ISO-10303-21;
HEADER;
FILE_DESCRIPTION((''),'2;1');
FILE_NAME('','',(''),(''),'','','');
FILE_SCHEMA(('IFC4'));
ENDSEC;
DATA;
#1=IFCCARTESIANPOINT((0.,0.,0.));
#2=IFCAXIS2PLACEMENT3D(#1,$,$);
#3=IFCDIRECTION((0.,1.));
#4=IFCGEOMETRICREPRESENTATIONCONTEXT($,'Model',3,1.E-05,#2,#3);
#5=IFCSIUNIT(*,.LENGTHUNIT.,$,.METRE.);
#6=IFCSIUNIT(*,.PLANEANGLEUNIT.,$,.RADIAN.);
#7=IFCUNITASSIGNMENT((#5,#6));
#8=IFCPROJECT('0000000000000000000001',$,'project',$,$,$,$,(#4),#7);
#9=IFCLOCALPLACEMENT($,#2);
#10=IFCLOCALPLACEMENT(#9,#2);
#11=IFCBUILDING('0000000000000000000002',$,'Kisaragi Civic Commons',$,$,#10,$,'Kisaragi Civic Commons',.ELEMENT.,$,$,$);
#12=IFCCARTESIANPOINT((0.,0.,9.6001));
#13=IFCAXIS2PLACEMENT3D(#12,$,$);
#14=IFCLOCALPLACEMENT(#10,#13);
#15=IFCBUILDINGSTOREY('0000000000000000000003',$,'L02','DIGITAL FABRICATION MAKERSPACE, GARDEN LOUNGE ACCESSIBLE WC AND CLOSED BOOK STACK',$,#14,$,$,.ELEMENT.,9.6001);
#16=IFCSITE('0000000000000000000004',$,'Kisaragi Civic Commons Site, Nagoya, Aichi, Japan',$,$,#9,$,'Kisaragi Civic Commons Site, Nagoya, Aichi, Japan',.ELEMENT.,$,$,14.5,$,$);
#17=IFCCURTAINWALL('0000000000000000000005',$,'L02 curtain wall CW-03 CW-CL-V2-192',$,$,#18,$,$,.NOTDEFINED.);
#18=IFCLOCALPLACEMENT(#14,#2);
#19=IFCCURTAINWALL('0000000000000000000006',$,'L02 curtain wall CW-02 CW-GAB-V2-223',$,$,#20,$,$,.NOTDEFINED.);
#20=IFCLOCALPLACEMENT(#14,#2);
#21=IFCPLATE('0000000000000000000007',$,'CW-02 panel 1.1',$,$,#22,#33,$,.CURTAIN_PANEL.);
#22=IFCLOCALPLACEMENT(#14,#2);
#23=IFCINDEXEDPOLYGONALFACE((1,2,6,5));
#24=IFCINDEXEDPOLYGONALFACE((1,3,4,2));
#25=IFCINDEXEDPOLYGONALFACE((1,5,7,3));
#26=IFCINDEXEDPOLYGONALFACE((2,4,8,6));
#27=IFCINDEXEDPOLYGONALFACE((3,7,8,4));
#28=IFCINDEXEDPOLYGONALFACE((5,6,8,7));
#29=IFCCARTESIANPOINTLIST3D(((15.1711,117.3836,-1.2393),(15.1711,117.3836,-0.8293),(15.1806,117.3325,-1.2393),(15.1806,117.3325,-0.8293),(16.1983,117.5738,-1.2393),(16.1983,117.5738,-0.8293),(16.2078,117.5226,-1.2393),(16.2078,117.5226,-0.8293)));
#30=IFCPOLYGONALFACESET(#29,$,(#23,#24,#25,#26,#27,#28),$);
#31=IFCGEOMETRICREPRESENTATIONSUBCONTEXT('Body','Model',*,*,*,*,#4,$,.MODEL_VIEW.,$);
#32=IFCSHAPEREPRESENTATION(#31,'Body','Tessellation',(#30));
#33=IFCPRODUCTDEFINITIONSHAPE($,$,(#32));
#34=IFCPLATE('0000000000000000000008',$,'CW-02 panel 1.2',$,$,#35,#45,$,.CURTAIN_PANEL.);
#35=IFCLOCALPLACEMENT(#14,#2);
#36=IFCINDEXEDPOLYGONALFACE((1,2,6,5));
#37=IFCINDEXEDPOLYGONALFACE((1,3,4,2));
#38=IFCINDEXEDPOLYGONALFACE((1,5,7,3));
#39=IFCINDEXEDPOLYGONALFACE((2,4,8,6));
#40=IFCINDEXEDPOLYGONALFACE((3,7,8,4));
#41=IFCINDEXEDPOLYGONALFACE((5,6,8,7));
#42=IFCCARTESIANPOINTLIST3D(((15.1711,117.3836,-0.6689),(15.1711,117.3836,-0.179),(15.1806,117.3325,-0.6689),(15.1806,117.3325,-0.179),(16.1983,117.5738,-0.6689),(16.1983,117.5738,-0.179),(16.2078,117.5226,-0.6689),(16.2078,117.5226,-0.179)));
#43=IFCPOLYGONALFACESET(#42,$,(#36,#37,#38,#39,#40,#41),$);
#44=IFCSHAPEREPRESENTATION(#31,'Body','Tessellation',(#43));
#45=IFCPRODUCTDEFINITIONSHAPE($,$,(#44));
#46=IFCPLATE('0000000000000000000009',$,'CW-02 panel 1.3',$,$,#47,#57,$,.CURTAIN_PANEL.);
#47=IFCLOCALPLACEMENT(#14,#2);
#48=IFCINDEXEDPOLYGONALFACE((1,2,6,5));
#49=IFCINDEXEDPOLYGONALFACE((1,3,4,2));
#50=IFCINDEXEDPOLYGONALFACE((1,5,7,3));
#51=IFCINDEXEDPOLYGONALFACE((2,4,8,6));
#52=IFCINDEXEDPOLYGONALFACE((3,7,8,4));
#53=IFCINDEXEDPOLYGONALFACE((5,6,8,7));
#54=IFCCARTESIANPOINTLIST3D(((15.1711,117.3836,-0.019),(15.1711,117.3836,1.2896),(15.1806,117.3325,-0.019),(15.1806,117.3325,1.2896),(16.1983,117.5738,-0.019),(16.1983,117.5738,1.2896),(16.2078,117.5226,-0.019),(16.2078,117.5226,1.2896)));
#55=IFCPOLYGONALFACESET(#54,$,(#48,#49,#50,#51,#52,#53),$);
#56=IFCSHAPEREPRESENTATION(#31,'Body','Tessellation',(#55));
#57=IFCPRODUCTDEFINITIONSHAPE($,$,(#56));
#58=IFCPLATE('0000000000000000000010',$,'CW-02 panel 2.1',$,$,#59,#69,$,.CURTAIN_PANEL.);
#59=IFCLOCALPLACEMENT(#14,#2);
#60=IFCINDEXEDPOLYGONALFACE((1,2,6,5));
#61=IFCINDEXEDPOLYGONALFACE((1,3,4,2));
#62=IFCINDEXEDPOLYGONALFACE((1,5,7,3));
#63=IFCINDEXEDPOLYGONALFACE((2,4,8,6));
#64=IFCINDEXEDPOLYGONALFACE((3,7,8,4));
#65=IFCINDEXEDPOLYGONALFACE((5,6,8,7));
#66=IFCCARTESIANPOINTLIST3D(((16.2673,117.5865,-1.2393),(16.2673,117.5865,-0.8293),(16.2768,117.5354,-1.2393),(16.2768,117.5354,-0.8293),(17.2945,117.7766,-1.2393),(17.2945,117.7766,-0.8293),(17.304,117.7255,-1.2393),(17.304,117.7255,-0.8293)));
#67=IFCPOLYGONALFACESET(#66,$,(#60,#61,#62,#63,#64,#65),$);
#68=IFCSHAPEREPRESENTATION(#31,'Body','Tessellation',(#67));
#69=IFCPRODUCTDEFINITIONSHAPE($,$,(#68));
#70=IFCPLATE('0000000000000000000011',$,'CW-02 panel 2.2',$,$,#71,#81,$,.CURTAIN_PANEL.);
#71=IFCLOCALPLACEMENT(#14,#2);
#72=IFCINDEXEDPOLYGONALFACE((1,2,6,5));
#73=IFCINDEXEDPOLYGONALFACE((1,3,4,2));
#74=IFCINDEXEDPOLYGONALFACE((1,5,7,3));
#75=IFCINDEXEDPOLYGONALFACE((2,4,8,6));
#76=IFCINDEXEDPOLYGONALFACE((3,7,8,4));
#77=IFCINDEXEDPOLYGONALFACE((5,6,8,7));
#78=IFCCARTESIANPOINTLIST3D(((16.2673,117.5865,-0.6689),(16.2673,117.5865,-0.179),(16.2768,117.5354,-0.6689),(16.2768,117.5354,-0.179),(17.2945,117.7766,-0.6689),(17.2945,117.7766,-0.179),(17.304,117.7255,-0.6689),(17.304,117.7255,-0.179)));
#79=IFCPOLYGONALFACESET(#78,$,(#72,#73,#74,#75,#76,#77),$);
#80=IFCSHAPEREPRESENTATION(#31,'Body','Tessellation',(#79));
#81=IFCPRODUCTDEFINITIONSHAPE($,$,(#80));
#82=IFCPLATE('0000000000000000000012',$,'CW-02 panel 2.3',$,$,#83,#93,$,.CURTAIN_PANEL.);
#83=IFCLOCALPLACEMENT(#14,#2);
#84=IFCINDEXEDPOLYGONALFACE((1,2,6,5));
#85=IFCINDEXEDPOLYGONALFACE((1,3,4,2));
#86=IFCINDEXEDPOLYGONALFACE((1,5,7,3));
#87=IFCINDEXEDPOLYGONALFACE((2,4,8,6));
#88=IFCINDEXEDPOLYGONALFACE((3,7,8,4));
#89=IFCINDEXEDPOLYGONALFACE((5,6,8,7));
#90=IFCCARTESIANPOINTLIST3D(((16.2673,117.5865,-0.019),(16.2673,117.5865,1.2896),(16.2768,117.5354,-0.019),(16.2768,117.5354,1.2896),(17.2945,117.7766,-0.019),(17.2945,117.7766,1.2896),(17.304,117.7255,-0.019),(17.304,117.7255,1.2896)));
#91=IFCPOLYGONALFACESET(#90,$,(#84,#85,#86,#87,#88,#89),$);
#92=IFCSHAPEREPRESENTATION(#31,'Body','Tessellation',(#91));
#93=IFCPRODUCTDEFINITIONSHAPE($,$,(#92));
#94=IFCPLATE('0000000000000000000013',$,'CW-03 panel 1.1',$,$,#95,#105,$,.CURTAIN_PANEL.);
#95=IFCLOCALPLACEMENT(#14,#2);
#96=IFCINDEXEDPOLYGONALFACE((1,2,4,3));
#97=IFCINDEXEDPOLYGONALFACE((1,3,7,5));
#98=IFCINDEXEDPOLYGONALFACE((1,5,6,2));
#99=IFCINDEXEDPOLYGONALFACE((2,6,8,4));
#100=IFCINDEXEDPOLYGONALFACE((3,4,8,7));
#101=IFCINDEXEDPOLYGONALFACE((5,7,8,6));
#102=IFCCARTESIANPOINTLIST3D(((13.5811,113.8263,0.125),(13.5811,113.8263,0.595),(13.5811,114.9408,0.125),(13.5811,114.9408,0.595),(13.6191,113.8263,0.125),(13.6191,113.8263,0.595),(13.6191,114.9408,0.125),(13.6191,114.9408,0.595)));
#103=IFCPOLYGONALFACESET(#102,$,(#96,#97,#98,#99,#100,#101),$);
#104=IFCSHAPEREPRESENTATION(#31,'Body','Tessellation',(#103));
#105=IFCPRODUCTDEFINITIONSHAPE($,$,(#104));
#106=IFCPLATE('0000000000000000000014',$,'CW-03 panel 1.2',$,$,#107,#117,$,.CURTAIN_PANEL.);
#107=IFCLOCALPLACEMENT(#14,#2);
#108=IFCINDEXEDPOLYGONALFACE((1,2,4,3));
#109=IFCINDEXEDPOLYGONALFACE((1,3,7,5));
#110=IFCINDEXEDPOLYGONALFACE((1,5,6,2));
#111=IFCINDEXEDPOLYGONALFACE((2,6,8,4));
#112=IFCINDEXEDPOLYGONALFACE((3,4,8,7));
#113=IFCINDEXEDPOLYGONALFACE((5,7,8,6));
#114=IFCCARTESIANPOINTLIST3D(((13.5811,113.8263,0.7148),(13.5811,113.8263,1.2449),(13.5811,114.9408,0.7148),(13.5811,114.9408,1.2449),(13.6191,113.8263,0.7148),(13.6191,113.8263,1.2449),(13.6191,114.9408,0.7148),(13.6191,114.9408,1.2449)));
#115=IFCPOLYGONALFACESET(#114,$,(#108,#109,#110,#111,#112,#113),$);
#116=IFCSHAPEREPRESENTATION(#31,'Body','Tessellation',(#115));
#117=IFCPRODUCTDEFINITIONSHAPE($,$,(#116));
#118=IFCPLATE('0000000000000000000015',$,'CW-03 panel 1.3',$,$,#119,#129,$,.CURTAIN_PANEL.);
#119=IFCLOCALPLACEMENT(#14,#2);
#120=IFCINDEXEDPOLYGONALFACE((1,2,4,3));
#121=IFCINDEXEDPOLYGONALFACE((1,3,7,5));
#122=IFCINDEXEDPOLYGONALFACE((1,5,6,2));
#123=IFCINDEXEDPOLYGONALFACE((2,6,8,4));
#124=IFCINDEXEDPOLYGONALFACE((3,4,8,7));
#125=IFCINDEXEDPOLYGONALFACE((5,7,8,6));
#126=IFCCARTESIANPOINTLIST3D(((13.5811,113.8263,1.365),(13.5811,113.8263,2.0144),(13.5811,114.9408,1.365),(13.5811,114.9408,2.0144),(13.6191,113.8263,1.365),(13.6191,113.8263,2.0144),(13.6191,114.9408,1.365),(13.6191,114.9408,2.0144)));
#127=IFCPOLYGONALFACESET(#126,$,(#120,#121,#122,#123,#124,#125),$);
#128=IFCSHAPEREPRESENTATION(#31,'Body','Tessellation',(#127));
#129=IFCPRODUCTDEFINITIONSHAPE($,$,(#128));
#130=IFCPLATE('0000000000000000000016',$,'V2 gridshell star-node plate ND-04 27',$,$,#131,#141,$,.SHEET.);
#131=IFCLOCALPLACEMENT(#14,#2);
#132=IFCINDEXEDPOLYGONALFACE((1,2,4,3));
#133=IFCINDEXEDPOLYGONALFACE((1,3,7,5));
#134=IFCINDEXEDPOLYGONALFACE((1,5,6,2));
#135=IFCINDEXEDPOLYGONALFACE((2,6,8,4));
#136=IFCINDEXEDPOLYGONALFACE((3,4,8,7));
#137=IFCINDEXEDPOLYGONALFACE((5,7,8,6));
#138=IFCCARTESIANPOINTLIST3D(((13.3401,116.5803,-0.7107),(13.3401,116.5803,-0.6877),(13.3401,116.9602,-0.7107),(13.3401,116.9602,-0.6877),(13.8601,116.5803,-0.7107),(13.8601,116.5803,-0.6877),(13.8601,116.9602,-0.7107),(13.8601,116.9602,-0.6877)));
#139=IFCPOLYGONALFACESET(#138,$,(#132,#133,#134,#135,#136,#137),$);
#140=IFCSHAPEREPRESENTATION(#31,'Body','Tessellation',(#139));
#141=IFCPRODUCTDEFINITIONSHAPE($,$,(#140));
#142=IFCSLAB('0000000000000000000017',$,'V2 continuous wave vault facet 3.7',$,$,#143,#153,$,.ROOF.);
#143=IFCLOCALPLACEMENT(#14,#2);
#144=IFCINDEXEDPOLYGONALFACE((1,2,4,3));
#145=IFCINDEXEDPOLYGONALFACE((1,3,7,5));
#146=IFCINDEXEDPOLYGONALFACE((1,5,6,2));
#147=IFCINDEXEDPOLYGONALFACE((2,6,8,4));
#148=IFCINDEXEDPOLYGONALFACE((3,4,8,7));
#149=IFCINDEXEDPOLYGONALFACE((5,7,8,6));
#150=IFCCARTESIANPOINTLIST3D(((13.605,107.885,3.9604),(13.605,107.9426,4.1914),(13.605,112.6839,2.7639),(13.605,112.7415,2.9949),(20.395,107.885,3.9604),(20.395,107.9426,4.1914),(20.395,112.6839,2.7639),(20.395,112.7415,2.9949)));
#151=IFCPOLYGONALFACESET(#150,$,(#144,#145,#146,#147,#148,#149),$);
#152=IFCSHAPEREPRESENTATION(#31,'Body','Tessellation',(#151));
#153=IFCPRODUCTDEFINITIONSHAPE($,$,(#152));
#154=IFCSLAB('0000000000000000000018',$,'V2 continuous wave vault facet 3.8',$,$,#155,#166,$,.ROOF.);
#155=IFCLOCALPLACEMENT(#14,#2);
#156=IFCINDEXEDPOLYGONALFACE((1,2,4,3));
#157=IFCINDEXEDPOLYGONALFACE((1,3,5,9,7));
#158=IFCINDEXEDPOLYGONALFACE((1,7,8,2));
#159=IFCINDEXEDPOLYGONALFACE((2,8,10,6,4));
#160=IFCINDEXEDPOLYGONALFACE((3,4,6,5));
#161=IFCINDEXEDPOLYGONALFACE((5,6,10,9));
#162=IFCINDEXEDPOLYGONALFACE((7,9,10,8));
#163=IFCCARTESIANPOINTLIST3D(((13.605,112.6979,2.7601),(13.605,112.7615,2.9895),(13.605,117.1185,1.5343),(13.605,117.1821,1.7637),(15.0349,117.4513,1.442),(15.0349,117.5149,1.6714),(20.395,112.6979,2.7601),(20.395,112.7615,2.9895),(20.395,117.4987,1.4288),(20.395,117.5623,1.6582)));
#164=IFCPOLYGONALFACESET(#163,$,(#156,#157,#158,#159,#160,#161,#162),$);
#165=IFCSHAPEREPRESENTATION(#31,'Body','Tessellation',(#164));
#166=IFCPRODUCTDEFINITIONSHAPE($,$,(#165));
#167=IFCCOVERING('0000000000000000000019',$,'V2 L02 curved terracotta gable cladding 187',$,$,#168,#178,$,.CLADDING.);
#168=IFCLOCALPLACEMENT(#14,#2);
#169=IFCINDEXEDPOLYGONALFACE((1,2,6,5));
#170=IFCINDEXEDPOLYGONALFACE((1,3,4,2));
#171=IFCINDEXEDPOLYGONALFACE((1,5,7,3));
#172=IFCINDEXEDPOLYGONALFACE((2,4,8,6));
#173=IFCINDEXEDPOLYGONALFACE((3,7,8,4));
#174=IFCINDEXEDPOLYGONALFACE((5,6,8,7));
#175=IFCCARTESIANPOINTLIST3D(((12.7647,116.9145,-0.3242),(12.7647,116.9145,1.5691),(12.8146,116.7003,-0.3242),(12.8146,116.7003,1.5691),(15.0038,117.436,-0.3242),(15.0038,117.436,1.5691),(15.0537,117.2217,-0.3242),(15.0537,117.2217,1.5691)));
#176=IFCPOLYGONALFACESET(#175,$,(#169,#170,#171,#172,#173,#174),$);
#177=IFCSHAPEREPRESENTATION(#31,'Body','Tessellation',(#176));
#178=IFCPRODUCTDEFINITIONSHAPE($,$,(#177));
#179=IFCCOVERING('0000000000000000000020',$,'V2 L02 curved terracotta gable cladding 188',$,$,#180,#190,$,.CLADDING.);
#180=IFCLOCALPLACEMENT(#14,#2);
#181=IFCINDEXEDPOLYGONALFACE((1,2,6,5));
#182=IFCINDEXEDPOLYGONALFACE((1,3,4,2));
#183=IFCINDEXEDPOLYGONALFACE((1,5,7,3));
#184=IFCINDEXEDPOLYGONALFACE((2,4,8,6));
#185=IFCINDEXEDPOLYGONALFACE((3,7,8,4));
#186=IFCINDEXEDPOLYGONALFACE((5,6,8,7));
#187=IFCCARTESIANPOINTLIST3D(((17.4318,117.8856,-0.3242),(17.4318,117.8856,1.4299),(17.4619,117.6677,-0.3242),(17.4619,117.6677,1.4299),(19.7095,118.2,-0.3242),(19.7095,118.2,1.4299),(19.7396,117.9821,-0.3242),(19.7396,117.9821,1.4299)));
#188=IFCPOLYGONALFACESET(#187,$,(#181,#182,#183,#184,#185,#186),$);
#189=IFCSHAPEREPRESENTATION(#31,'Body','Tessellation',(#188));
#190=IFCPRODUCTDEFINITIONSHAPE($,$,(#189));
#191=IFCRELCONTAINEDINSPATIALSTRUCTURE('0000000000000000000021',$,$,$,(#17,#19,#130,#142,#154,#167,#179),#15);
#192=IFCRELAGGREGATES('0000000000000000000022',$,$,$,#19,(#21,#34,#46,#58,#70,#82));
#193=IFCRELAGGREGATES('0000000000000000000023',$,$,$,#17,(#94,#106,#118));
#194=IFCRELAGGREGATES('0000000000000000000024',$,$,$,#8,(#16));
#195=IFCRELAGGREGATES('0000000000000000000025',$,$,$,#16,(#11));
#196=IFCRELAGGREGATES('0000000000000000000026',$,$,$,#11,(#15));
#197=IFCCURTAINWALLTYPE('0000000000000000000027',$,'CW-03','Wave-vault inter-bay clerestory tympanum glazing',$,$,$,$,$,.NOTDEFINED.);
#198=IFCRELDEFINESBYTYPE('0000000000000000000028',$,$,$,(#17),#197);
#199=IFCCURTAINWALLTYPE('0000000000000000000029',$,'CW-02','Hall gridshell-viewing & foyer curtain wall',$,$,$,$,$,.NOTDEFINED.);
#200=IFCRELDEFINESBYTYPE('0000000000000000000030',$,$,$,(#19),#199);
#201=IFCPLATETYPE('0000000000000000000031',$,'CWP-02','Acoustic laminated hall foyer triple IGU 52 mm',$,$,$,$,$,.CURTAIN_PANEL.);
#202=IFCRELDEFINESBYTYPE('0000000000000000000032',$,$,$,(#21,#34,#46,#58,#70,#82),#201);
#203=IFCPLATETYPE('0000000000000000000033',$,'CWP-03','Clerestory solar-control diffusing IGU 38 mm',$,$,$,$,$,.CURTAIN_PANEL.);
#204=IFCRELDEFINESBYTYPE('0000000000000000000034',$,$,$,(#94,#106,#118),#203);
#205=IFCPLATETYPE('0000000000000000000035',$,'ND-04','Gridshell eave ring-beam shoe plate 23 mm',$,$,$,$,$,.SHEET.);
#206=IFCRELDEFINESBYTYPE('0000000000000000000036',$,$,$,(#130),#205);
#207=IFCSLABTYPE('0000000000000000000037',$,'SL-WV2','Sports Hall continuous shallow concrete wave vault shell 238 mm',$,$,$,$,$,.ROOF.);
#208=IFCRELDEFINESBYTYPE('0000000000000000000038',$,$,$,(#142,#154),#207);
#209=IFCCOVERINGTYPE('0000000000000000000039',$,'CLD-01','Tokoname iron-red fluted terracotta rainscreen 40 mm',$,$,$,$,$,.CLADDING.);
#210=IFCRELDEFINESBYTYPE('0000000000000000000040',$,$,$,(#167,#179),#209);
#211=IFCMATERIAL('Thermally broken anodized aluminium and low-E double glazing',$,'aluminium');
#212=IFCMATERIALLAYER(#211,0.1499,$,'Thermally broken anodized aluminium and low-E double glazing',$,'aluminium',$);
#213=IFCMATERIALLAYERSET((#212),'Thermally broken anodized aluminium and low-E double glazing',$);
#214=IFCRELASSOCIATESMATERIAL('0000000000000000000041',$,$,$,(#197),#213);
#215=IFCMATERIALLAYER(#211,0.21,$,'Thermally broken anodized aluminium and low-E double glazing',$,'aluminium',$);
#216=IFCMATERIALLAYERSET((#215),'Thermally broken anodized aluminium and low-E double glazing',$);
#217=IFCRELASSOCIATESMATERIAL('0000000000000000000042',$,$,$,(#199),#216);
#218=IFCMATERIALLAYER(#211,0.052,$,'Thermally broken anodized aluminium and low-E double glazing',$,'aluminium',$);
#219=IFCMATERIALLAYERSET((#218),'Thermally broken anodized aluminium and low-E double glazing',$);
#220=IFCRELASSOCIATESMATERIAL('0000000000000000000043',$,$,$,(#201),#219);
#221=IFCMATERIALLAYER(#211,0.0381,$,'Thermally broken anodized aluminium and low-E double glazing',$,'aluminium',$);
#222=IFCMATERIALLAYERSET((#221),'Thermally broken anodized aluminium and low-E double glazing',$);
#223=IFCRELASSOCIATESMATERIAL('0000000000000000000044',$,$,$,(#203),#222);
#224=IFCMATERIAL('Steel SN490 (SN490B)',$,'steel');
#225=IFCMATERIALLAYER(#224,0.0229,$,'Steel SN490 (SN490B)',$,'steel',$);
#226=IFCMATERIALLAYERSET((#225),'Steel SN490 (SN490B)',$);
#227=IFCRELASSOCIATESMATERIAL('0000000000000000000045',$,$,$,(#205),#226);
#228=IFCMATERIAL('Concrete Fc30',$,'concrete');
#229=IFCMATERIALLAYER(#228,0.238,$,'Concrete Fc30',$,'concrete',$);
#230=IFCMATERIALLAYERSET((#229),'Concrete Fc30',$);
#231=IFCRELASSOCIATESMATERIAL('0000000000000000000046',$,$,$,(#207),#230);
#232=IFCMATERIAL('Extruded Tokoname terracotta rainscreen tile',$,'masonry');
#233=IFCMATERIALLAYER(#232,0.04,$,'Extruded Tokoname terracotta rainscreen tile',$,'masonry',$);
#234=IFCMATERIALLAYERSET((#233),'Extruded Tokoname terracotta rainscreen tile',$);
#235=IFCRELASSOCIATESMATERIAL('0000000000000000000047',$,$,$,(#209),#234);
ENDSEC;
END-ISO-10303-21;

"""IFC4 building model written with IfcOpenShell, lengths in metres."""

from ifc_helpers import new_model, si_unit, direction, frame, origin, origin_2d, place, context, subcontext, project, spatial, polyline, rectangle, outline, extrude, material, layer, layer_set, type_object, element, aggregate, save


model = new_model("IFC4")

# Units and contexts
model_context = context("Model", 3, precision=1e-05, world=origin(), true_north=direction((0.0, 1.0)))
body_context = subcontext(model_context, "Body", "Model", "MODEL_VIEW")
ifc_project = project(units=[si_unit("LENGTHUNIT", "METRE"), si_unit("PLANEANGLEUNIT", "RADIAN")], contexts=[model_context])

# Site, building, storey
site_placement = place(None, origin())
site = spatial("IfcSite", under=ifc_project, at=site_placement, Name="Kisaragi Civic Commons Site, Nagoya, Aichi, Japan", LongName="Kisaragi Civic Commons Site, Nagoya, Aichi, Japan", CompositionType="ELEMENT", RefElevation=14.5)
building_placement = place(site_placement, origin())
building = spatial("IfcBuilding", under=site, at=building_placement, Name="Kisaragi Civic Commons", LongName="Kisaragi Civic Commons", CompositionType="ELEMENT")
storey_placement = place(building_placement, frame((0.0, 0.0, 9.6001)))
storey = spatial("IfcBuildingStorey", under=building, at=storey_placement, Name="L02", Description="DIGITAL FABRICATION MAKERSPACE, GARDEN LOUNGE ACCESSIBLE WC AND CLOSED BOOK STACK", CompositionType="ELEMENT", Elevation=9.6001)

# Curtain wall
ifc_material_1 = material(Name="Thermally broken anodized aluminium and low-E double glazing", Category="aluminium")
ifc_layer_1 = layer(ifc_material_1, 0.1499, Name="Thermally broken anodized aluminium and low-E double glazing", Category="aluminium")
ifc_layer_set_1 = layer_set([ifc_layer_1], Name="Thermally broken anodized aluminium and low-E double glazing")
curtain_wall_type_1 = type_object("IfcCurtainWallType", Name="CW-03", Description="Wave-vault inter-bay clerestory tympanum glazing", PredefinedType="NOTDEFINED", material=ifc_layer_set_1)
curtain_wall_1_placement = place(storey_placement, origin())
curtain_wall_1 = element("IfcCurtainWall", 1, at=curtain_wall_1_placement, inside=storey, type_object=curtain_wall_type_1, Name="L02 curtain wall CW-03 CW-CL-V2-192", PredefinedType="NOTDEFINED")

# Curtain wall
ifc_layer_2 = layer(ifc_material_1, 0.21, Name="Thermally broken anodized aluminium and low-E double glazing", Category="aluminium")
ifc_layer_set_2 = layer_set([ifc_layer_2], Name="Thermally broken anodized aluminium and low-E double glazing")
curtain_wall_type_2 = type_object("IfcCurtainWallType", Name="CW-02", Description="Hall gridshell-viewing & foyer curtain wall", PredefinedType="NOTDEFINED", material=ifc_layer_set_2)
curtain_wall_2_placement = place(storey_placement, origin())
curtain_wall_2 = element("IfcCurtainWall", 2, at=curtain_wall_2_placement, inside=storey, type_object=curtain_wall_type_2, Name="L02 curtain wall CW-02 CW-GAB-V2-223", PredefinedType="NOTDEFINED")

# Shared definitions
ifc_material_2 = material(Name="Steel SN490 (SN490B)", Category="steel")

# Plates
ifc_layer_3 = layer(ifc_material_1, 0.052, Name="Thermally broken anodized aluminium and low-E double glazing", Category="aluminium")
ifc_layer_set_3 = layer_set([ifc_layer_3], Name="Thermally broken anodized aluminium and low-E double glazing")
plate_type_1 = type_object("IfcPlateType", Name="CWP-02", Description="Acoustic laminated hall foyer triple IGU 52 mm", PredefinedType="CURTAIN_PANEL", material=ifc_layer_set_3)
plate_1_placement = place(storey_placement, frame((15.6895, 117.4531, -1.2393), z_axis=(0.0, 0.0, 1.0), x_axis=(0.983298, 0.182004, 0.0)))
plate_1 = element("IfcPlate", 3, at=plate_1_placement, type_object=plate_type_1, Name="CW-02 panel 1.1", PredefinedType="CURTAIN_PANEL", context=body_context, shape_type="SweptSolid", body=[
    extrude(rectangle(XDim=1.0447, YDim=0.052, at=origin_2d()), origin(), (0.0, 0.0, 1.0), 0.4099),
])
plate_2_placement = place(storey_placement, frame((15.6895, 117.4531, -0.6689), z_axis=(0.0, 0.0, 1.0), x_axis=(0.983298, 0.182004, 0.0)))
plate_2 = element("IfcPlate", 4, at=plate_2_placement, type_object=plate_type_1, Name="CW-02 panel 1.2", PredefinedType="CURTAIN_PANEL", context=body_context, shape_type="SweptSolid", body=[
    extrude(rectangle(XDim=1.0447, YDim=0.052, at=origin_2d()), origin(), (0.0, 0.0, 1.0), 0.49),
])
plate_3_placement = place(storey_placement, frame((15.6895, 117.4531, -0.019), z_axis=(0.0, 0.0, 1.0), x_axis=(0.983298, 0.182004, 0.0)))
plate_3 = element("IfcPlate", 5, at=plate_3_placement, type_object=plate_type_1, Name="CW-02 panel 1.3", PredefinedType="CURTAIN_PANEL", context=body_context, shape_type="SweptSolid", body=[
    extrude(rectangle(XDim=1.0447, YDim=0.052, at=origin_2d()), origin(), (0.0, 0.0, 1.0), 1.3086),
])
plate_4_placement = place(storey_placement, frame((16.7856, 117.656, -1.2393), z_axis=(0.0, 0.0, 1.0), x_axis=(0.983298, 0.182004, 0.0)))
plate_4 = element("IfcPlate", 6, at=plate_4_placement, type_object=plate_type_1, Name="CW-02 panel 2.1", PredefinedType="CURTAIN_PANEL", context=body_context, shape_type="SweptSolid", body=[
    extrude(rectangle(XDim=1.0447, YDim=0.052, at=origin_2d()), origin(), (0.0, 0.0, 1.0), 0.4099),
])
plate_5_placement = place(storey_placement, frame((16.7856, 117.656, -0.6689), z_axis=(0.0, 0.0, 1.0), x_axis=(0.983298, 0.182004, 0.0)))
plate_5 = element("IfcPlate", 7, at=plate_5_placement, type_object=plate_type_1, Name="CW-02 panel 2.2", PredefinedType="CURTAIN_PANEL", context=body_context, shape_type="SweptSolid", body=[
    extrude(rectangle(XDim=1.0447, YDim=0.052, at=origin_2d()), origin(), (0.0, 0.0, 1.0), 0.49),
])
plate_6_placement = place(storey_placement, frame((16.7856, 117.656, -0.019), z_axis=(0.0, 0.0, 1.0), x_axis=(0.983298, 0.182004, 0.0)))
plate_6 = element("IfcPlate", 8, at=plate_6_placement, type_object=plate_type_1, Name="CW-02 panel 2.3", PredefinedType="CURTAIN_PANEL", context=body_context, shape_type="SweptSolid", body=[
    extrude(rectangle(XDim=1.0447, YDim=0.052, at=origin_2d()), origin(), (0.0, 0.0, 1.0), 1.3086),
])
aggregate(curtain_wall_2, [plate_1, plate_2, plate_3, plate_4, plate_5, plate_6])
ifc_layer_4 = layer(ifc_material_1, 0.0381, Name="Thermally broken anodized aluminium and low-E double glazing", Category="aluminium")
ifc_layer_set_4 = layer_set([ifc_layer_4], Name="Thermally broken anodized aluminium and low-E double glazing")
plate_type_2 = type_object("IfcPlateType", Name="CWP-03", Description="Clerestory solar-control diffusing IGU 38 mm", PredefinedType="CURTAIN_PANEL", material=ifc_layer_set_4)
plate_7_placement = place(storey_placement, frame((13.6001, 114.3835, 0.125), z_axis=(0.0, 0.0, 1.0), x_axis=(0.0, 1.0, 0.0)))
plate_7 = element("IfcPlate", 9, at=plate_7_placement, type_object=plate_type_2, Name="CW-03 panel 1.1", PredefinedType="CURTAIN_PANEL", context=body_context, shape_type="SweptSolid", body=[
    extrude(rectangle(XDim=1.1145, YDim=0.0381, at=origin_2d()), origin(), (0.0, 0.0, 1.0), 0.47),
])
plate_8_placement = place(storey_placement, frame((13.6001, 114.3835, 0.7148), z_axis=(0.0, 0.0, 1.0), x_axis=(0.0, 1.0, 0.0)))
plate_8 = element("IfcPlate", 10, at=plate_8_placement, type_object=plate_type_2, Name="CW-03 panel 1.2", PredefinedType="CURTAIN_PANEL", context=body_context, shape_type="SweptSolid", body=[
    extrude(rectangle(XDim=1.1145, YDim=0.0381, at=origin_2d()), origin(), (0.0, 0.0, 1.0), 0.53),
])
plate_9_placement = place(storey_placement, frame((13.6001, 114.3835, 1.365), z_axis=(0.0, 0.0, 1.0), x_axis=(0.0, 1.0, 0.0)))
plate_9 = element("IfcPlate", 11, at=plate_9_placement, type_object=plate_type_2, Name="CW-03 panel 1.3", PredefinedType="CURTAIN_PANEL", context=body_context, shape_type="SweptSolid", body=[
    extrude(rectangle(XDim=1.1145, YDim=0.0381, at=origin_2d()), origin(), (0.0, 0.0, 1.0), 0.6494),
])
aggregate(curtain_wall_1, [plate_7, plate_8, plate_9])
ifc_layer_5 = layer(ifc_material_2, 0.0229, Name="Steel SN490 (SN490B)", Category="steel")
ifc_layer_set_5 = layer_set([ifc_layer_5], Name="Steel SN490 (SN490B)")
plate_type_3 = type_object("IfcPlateType", Name="ND-04", Description="Gridshell eave ring-beam shoe plate 23 mm", PredefinedType="SHEET", material=ifc_layer_set_5)
plate_10_placement = place(storey_placement, frame((13.6001, 116.7703, -0.7107), z_axis=(0.0, 0.0, 1.0), x_axis=(1.0, 0.0, 0.0)))
element("IfcPlate", 12, at=plate_10_placement, inside=storey, type_object=plate_type_3, Name="V2 gridshell star-node plate ND-04 27", PredefinedType="SHEET", context=body_context, shape_type="SweptSolid", body=[
    extrude(rectangle(XDim=0.52, YDim=0.3799, at=origin_2d()), origin(), (0.0, 0.0, 1.0), 0.0229),
])

# Slabs
ifc_material_3 = material(Name="Concrete Fc30", Category="concrete")
ifc_layer_6 = layer(ifc_material_3, 0.238, Name="Concrete Fc30", Category="concrete")
ifc_layer_set_6 = layer_set([ifc_layer_6], Name="Concrete Fc30")
slab_type = type_object("IfcSlabType", Name="SL-WV2", Description="Sports Hall continuous shallow concrete wave vault shell 238 mm", PredefinedType="ROOF", material=ifc_layer_set_6)
slab_1_placement = place(storey_placement, frame((20.395, 112.7415, 2.9949), z_axis=(0.0, 0.241932, 0.970293), x_axis=(-1.0, 0.0, 0.0)))
element("IfcSlab", 13, at=slab_1_placement, inside=storey, type_object=slab_type, Name="V2 continuous wave vault facet 3.7", PredefinedType="ROOF", context=body_context, shape_type="SweptSolid", body=[
    extrude(outline(polyline([(0.0, 0.0), (6.79, 0.0), (6.79, 4.9458), (0.0, 4.9458), (0.0, 0.0)])), origin(), (0.0, 0.0, -1.0), 0.238),
])
slab_2_placement = place(storey_placement, frame((13.605, 117.1821, 1.7637), z_axis=(0.000004, 0.267218, 0.963636), x_axis=(0.0, -0.963636, 0.267218)))
element("IfcSlab", 14, at=slab_2_placement, inside=storey, type_object=slab_type, Name="V2 continuous wave vault facet 3.8", PredefinedType="ROOF", context=body_context, shape_type="SweptSolid", body=[
    extrude(outline(polyline([(0.0, 0.0), (4.5875, 0.0), (4.5875, 6.79), (-0.3945, 6.79), (-0.3453, 1.4299), (0.0, 0.0)])), origin(), (0.0, 0.0, -1.0), 0.238),
])

# Coverings
ifc_material_4 = material(Name="Extruded Tokoname terracotta rainscreen tile", Category="masonry")
ifc_layer_7 = layer(ifc_material_4, 0.04, Name="Extruded Tokoname terracotta rainscreen tile", Category="masonry")
ifc_layer_set_7 = layer_set([ifc_layer_7], Name="Extruded Tokoname terracotta rainscreen tile")
covering_type = type_object("IfcCoveringType", Name="CLD-01", Description="Tokoname iron-red fluted terracotta rainscreen 40 mm", PredefinedType="CLADDING", material=ifc_layer_set_7)
covering_1_placement = place(storey_placement, frame((13.9092, 117.0681, -0.3242), z_axis=(0.0, 0.0, 1.0), x_axis=(0.973936, 0.226821, 0.0)))
element("IfcCovering", 15, at=covering_1_placement, inside=storey, type_object=covering_type, Name="V2 L02 curved terracotta gable cladding 187", PredefinedType="CLADDING", context=body_context, shape_type="SweptSolid", body=[
    extrude(rectangle(XDim=2.2991, YDim=0.22, at=origin_2d()), origin(), (0.0, 0.0, 1.0), 1.8933),
])
covering_2_placement = place(storey_placement, frame((18.5857, 117.9338, -0.3242), z_axis=(0.0, 0.0, 1.0), x_axis=(0.990605, 0.136753, 0.0)))
element("IfcCovering", 16, at=covering_2_placement, inside=storey, type_object=covering_type, Name="V2 L02 curved terracotta gable cladding 188", PredefinedType="CLADDING", context=body_context, shape_type="SweptSolid", body=[
    extrude(rectangle(XDim=2.2993, YDim=0.22, at=origin_2d()), origin(), (0.0, 0.0, 1.0), 1.7542),
])

save(model, "model.ifc")
